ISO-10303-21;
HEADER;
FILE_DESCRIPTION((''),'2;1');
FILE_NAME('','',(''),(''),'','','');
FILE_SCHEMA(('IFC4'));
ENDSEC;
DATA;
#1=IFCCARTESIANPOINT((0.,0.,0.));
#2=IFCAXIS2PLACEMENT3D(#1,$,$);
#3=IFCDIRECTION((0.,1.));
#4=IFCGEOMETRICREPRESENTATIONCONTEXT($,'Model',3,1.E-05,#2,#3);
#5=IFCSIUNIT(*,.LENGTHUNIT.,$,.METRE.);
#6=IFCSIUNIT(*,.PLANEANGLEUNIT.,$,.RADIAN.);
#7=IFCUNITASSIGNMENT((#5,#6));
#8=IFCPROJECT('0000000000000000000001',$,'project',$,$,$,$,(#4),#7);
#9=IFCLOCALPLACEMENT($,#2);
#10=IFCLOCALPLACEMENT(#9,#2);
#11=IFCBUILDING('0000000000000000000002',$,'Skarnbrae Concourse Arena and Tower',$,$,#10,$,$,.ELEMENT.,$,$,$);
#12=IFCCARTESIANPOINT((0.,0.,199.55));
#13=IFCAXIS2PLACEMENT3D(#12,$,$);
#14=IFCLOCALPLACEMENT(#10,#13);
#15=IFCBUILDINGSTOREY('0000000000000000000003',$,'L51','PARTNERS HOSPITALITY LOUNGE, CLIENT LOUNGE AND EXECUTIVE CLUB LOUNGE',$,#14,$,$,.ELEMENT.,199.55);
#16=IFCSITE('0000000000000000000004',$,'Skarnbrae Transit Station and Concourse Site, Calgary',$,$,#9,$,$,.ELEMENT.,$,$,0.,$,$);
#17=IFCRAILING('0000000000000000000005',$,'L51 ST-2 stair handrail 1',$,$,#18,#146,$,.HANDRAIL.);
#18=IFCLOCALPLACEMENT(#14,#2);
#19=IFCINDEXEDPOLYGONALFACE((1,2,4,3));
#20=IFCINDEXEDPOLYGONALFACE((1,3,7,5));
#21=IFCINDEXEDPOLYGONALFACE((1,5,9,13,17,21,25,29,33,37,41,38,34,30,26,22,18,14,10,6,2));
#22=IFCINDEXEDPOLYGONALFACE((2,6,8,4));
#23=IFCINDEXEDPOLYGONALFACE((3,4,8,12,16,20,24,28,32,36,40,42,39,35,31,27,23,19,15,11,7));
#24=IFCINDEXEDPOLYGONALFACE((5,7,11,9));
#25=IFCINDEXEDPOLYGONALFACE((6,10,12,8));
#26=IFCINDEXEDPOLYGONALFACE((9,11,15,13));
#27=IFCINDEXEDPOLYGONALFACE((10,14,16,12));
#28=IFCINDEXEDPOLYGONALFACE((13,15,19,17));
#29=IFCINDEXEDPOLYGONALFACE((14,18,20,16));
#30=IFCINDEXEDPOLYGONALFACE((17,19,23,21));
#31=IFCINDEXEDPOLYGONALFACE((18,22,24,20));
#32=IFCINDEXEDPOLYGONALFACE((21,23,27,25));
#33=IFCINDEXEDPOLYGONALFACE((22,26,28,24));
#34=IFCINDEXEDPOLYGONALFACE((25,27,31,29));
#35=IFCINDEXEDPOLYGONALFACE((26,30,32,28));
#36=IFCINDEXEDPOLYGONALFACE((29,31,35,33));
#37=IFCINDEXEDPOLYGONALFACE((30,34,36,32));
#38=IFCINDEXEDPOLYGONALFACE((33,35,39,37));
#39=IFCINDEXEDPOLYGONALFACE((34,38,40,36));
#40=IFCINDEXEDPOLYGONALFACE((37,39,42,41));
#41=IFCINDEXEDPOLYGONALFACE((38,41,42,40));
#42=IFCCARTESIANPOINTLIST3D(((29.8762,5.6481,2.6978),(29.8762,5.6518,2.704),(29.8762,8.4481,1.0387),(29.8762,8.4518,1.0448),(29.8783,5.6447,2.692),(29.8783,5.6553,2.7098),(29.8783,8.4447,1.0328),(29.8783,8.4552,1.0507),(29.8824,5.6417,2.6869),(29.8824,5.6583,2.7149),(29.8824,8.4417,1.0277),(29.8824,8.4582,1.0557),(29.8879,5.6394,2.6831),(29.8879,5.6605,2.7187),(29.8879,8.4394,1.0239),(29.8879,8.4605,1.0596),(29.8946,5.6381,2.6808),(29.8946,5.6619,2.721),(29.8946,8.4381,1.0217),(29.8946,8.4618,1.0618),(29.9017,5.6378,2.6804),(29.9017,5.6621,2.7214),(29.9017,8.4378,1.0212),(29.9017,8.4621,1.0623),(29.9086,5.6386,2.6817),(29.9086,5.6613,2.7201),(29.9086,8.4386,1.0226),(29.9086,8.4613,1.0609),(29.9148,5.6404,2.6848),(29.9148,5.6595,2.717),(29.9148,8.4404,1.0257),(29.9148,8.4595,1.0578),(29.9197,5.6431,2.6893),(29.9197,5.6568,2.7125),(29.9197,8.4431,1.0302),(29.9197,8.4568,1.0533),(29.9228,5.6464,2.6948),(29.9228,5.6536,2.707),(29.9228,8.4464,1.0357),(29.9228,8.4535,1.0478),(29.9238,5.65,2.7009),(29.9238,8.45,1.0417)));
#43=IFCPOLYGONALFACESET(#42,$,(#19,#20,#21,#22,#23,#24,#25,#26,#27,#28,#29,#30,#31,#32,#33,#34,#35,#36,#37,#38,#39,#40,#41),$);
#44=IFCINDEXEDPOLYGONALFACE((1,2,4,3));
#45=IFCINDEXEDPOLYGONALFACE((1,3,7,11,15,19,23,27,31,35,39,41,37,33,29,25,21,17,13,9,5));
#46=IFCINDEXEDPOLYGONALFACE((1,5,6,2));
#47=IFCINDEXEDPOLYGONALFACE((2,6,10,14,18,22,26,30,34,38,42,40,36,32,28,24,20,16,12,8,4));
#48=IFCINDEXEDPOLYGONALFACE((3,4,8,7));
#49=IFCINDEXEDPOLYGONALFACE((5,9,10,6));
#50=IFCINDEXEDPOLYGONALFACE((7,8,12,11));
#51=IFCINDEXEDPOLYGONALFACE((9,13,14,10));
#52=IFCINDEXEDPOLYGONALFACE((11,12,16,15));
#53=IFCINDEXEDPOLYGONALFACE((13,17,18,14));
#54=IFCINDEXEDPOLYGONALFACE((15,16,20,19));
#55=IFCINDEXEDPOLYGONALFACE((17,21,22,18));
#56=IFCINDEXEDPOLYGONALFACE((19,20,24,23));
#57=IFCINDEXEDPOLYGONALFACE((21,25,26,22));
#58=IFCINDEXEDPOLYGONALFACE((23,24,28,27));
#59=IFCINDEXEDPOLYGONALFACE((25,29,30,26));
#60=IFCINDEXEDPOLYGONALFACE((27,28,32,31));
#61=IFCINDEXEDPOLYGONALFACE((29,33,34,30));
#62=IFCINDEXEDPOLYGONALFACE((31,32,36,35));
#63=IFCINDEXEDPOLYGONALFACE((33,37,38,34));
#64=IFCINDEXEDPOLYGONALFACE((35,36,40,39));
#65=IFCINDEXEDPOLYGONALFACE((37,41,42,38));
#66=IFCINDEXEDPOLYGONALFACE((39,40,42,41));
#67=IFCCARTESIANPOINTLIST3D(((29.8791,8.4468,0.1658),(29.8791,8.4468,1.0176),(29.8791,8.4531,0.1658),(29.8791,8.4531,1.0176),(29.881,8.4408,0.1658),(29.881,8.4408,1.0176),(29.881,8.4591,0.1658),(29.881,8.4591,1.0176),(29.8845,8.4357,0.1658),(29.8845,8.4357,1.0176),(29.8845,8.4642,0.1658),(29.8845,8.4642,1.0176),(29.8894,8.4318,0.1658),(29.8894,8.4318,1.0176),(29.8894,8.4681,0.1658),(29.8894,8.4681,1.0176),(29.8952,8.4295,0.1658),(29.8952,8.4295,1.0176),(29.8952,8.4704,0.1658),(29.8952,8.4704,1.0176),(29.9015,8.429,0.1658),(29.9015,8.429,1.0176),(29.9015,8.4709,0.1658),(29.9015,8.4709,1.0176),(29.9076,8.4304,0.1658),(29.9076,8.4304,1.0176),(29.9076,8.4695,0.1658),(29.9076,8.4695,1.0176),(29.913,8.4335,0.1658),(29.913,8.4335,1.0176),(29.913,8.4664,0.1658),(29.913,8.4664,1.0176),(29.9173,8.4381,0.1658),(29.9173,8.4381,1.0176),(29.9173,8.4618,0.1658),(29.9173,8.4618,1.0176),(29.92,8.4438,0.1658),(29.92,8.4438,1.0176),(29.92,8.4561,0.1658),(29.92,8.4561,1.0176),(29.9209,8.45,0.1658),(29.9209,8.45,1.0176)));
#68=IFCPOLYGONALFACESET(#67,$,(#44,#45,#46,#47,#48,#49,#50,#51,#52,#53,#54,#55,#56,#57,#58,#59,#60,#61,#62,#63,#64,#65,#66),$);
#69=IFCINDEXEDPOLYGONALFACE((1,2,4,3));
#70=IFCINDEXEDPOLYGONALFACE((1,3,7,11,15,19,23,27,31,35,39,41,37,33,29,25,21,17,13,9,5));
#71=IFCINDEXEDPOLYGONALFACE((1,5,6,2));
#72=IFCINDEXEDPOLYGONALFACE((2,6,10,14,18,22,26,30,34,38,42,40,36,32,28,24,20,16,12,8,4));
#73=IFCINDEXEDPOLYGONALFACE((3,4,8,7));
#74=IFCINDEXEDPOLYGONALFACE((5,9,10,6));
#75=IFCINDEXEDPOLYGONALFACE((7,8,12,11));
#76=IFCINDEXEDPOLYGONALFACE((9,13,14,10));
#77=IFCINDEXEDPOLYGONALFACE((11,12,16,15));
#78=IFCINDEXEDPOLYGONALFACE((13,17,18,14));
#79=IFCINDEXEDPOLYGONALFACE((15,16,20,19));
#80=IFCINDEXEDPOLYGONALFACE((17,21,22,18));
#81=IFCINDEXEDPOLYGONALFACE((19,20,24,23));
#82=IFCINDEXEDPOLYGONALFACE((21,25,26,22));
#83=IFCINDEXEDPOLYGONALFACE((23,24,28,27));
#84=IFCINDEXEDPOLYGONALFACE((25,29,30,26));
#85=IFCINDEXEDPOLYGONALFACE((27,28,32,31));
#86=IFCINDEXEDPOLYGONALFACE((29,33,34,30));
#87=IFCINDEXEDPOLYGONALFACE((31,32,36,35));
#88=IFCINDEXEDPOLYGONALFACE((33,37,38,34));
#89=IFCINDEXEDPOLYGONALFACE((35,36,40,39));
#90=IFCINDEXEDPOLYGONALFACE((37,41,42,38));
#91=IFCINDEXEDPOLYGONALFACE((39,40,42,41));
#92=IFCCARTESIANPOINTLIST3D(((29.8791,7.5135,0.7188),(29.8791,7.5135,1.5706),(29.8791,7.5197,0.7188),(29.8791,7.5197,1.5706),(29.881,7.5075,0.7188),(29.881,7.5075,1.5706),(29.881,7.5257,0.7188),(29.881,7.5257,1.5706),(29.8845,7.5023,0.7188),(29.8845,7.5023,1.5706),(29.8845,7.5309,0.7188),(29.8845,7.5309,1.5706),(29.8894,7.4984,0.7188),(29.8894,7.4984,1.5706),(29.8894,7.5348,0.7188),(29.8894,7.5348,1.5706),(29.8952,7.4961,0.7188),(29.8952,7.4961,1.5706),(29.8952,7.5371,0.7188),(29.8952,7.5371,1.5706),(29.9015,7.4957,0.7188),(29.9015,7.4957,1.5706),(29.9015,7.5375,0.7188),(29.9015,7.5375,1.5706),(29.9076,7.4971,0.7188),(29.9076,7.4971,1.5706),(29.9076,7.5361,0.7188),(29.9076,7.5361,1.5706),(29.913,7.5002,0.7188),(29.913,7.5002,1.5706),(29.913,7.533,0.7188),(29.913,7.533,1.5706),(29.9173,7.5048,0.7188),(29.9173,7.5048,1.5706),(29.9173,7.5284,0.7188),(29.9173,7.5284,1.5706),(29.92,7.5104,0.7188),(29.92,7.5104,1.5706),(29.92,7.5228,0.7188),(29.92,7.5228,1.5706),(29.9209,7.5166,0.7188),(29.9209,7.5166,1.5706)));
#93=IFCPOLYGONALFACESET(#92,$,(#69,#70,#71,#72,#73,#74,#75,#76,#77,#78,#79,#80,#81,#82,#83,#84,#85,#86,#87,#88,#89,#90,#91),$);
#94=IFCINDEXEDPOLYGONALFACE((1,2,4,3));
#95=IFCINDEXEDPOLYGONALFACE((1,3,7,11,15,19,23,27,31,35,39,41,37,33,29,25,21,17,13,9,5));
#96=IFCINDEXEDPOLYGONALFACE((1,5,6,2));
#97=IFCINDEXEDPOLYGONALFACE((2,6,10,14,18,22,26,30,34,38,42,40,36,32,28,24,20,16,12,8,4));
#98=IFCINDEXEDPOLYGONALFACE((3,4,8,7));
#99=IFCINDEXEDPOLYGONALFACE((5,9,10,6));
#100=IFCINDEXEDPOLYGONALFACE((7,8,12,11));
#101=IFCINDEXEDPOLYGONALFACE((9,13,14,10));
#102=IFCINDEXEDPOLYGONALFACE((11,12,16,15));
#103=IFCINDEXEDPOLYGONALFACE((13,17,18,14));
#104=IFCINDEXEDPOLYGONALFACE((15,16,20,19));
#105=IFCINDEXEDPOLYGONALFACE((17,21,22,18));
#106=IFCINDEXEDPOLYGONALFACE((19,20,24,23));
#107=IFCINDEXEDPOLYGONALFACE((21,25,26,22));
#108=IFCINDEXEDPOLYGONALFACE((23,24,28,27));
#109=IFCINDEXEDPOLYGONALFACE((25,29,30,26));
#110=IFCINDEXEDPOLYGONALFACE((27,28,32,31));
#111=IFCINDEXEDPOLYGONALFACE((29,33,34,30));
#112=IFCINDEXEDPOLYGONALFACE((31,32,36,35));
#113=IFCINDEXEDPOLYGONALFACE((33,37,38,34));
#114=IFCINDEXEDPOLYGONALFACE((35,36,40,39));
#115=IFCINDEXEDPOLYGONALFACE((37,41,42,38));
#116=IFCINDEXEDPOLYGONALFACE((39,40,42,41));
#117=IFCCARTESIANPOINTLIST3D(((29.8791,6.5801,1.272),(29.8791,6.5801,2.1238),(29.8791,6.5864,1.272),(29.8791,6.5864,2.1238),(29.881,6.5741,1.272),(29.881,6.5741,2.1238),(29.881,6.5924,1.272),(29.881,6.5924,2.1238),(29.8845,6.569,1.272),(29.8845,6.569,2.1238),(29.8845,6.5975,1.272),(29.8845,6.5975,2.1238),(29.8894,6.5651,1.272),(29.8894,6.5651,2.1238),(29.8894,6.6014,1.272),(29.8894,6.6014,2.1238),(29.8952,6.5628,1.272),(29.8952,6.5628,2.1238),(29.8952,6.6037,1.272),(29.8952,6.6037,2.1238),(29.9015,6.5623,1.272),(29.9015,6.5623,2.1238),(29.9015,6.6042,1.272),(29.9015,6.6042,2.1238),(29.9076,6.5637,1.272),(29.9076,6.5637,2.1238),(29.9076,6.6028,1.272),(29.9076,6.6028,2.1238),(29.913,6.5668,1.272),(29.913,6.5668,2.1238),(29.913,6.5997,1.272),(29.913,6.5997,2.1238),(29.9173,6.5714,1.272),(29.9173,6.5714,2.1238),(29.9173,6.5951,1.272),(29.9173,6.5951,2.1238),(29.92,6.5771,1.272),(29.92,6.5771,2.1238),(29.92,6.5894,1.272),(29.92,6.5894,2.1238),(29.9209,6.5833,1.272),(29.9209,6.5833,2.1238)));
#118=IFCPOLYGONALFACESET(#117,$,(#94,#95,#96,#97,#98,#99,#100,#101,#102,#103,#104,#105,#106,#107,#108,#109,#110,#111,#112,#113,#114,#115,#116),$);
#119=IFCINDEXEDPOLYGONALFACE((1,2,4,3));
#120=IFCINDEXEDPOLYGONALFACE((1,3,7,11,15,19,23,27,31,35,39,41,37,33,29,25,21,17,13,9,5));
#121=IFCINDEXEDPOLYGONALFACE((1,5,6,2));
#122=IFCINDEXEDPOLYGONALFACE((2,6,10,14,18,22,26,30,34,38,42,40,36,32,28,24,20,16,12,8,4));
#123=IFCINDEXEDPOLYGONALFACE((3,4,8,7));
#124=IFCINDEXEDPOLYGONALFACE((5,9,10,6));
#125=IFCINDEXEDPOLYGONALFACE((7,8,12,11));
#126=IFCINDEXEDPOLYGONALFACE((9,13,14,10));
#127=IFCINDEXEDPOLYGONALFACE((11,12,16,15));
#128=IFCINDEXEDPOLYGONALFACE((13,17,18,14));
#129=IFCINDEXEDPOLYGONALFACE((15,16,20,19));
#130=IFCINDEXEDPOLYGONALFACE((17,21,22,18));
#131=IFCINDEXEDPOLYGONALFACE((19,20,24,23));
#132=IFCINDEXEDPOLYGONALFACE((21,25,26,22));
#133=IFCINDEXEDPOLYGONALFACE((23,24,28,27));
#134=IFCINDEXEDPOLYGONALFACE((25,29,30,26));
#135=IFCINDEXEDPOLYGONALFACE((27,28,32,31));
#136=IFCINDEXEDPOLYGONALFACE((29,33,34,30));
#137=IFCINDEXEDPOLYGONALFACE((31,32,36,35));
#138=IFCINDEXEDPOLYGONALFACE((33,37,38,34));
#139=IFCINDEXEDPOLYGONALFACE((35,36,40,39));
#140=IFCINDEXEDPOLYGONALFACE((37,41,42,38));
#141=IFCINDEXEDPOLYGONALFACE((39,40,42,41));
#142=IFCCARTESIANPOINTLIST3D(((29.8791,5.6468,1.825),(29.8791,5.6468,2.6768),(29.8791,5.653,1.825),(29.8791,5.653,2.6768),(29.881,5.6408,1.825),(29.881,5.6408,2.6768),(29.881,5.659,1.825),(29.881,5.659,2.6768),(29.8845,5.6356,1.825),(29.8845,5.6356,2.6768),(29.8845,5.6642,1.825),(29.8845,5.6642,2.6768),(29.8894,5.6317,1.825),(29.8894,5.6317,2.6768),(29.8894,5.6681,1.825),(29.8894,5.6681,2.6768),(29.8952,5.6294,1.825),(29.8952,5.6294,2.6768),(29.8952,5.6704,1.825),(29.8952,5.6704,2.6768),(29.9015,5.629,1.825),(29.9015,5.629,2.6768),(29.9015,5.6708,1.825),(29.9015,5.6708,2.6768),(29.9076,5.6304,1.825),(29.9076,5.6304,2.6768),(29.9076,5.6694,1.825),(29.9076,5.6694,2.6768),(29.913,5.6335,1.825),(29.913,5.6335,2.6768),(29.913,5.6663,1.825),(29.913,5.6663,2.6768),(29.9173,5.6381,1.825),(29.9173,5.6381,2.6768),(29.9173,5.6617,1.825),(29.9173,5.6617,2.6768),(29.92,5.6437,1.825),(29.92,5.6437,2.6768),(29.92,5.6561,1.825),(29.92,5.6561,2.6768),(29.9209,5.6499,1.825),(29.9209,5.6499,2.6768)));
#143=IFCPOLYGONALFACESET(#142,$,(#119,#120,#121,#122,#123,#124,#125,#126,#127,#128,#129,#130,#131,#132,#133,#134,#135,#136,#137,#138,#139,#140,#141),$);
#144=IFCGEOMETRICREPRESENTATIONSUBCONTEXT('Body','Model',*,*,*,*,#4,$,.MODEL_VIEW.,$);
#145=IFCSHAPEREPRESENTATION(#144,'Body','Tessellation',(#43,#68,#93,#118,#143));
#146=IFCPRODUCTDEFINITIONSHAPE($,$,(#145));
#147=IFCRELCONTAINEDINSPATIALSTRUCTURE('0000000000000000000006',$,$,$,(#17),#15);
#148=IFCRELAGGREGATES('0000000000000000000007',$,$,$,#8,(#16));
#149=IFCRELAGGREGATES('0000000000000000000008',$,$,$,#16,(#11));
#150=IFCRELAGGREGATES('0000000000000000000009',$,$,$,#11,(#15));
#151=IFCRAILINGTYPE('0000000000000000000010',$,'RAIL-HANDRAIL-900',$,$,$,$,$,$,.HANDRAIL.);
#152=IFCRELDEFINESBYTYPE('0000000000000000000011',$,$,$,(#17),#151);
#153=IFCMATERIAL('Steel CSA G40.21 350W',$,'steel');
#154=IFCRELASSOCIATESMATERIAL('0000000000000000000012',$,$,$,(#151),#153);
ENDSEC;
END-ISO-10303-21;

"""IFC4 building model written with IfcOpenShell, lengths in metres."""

from ifc_helpers import new_model, si_unit, direction, frame, origin, origin_2d, place, context, subcontext, project, spatial, circle, extrude, material, type_object, element, save


model = new_model("IFC4")

# Units and contexts
model_context = context("Model", 3, precision=1e-05, world=origin(), true_north=direction((0.0, 1.0)))
body_context = subcontext(model_context, "Body", "Model", "MODEL_VIEW")
ifc_project = project(units=[si_unit("LENGTHUNIT", "METRE"), si_unit("PLANEANGLEUNIT", "RADIAN")], contexts=[model_context])

# Site, building, storey
site_placement = place(None, origin())
site = spatial("IfcSite", under=ifc_project, at=site_placement, Name="Skarnbrae Transit Station and Concourse Site, Calgary", CompositionType="ELEMENT", RefElevation=0.0)
building_placement = place(site_placement, origin())
building = spatial("IfcBuilding", under=site, at=building_placement, Name="Skarnbrae Concourse Arena and Tower", CompositionType="ELEMENT")
storey_placement = place(building_placement, frame((0.0, 0.0, 199.55)))
storey = spatial("IfcBuildingStorey", under=building, at=storey_placement, Name="L51", Description="PARTNERS HOSPITALITY LOUNGE, CLIENT LOUNGE AND EXECUTIVE CLUB LOUNGE", CompositionType="ELEMENT", Elevation=199.55)

# Shared definitions
ifc_material_1 = material(Name="Steel CSA G40.21 350W", Category="steel")

# Railing
railing_type_1 = type_object("IfcRailingType", Name="RAIL-HANDRAIL-900", PredefinedType="HANDRAIL", material=ifc_material_1)
railing_1_placement = place(storey_placement, frame((29.8999, 8.45, 0.1658)))
element("IfcRailing", 1, at=railing_1_placement, inside=storey, type_object=railing_type_1, Name="L51 ST-2 stair handrail 1", PredefinedType="HANDRAIL", context=body_context, shape_type="SweptSolid", body=[
    extrude(circle(Radius=0.0239, at=origin_2d()), frame((0.0, 0.0, 0.876), z_axis=(0.0, -0.860306, 0.509778), x_axis=(1.0, 0.0, 0.0)), (0.0, 0.0, 1.0), 3.2546),
    extrude(circle(Radius=0.021, at=origin_2d()), origin(), (0.0, 0.0, 1.0), 0.8518),
    extrude(circle(Radius=0.021, at=origin_2d()), frame((0.0, -0.9333, 0.553)), (0.0, 0.0, 1.0), 0.8518),
    extrude(circle(Radius=0.021, at=origin_2d()), frame((0.0, -1.8667, 1.1062)), (0.0, 0.0, 1.0), 0.8518),
    extrude(circle(Radius=0.021, at=origin_2d()), frame((0.0, -2.8, 1.6592)), (0.0, 0.0, 1.0), 0.8518),
])

save(model, "model.ifc")
